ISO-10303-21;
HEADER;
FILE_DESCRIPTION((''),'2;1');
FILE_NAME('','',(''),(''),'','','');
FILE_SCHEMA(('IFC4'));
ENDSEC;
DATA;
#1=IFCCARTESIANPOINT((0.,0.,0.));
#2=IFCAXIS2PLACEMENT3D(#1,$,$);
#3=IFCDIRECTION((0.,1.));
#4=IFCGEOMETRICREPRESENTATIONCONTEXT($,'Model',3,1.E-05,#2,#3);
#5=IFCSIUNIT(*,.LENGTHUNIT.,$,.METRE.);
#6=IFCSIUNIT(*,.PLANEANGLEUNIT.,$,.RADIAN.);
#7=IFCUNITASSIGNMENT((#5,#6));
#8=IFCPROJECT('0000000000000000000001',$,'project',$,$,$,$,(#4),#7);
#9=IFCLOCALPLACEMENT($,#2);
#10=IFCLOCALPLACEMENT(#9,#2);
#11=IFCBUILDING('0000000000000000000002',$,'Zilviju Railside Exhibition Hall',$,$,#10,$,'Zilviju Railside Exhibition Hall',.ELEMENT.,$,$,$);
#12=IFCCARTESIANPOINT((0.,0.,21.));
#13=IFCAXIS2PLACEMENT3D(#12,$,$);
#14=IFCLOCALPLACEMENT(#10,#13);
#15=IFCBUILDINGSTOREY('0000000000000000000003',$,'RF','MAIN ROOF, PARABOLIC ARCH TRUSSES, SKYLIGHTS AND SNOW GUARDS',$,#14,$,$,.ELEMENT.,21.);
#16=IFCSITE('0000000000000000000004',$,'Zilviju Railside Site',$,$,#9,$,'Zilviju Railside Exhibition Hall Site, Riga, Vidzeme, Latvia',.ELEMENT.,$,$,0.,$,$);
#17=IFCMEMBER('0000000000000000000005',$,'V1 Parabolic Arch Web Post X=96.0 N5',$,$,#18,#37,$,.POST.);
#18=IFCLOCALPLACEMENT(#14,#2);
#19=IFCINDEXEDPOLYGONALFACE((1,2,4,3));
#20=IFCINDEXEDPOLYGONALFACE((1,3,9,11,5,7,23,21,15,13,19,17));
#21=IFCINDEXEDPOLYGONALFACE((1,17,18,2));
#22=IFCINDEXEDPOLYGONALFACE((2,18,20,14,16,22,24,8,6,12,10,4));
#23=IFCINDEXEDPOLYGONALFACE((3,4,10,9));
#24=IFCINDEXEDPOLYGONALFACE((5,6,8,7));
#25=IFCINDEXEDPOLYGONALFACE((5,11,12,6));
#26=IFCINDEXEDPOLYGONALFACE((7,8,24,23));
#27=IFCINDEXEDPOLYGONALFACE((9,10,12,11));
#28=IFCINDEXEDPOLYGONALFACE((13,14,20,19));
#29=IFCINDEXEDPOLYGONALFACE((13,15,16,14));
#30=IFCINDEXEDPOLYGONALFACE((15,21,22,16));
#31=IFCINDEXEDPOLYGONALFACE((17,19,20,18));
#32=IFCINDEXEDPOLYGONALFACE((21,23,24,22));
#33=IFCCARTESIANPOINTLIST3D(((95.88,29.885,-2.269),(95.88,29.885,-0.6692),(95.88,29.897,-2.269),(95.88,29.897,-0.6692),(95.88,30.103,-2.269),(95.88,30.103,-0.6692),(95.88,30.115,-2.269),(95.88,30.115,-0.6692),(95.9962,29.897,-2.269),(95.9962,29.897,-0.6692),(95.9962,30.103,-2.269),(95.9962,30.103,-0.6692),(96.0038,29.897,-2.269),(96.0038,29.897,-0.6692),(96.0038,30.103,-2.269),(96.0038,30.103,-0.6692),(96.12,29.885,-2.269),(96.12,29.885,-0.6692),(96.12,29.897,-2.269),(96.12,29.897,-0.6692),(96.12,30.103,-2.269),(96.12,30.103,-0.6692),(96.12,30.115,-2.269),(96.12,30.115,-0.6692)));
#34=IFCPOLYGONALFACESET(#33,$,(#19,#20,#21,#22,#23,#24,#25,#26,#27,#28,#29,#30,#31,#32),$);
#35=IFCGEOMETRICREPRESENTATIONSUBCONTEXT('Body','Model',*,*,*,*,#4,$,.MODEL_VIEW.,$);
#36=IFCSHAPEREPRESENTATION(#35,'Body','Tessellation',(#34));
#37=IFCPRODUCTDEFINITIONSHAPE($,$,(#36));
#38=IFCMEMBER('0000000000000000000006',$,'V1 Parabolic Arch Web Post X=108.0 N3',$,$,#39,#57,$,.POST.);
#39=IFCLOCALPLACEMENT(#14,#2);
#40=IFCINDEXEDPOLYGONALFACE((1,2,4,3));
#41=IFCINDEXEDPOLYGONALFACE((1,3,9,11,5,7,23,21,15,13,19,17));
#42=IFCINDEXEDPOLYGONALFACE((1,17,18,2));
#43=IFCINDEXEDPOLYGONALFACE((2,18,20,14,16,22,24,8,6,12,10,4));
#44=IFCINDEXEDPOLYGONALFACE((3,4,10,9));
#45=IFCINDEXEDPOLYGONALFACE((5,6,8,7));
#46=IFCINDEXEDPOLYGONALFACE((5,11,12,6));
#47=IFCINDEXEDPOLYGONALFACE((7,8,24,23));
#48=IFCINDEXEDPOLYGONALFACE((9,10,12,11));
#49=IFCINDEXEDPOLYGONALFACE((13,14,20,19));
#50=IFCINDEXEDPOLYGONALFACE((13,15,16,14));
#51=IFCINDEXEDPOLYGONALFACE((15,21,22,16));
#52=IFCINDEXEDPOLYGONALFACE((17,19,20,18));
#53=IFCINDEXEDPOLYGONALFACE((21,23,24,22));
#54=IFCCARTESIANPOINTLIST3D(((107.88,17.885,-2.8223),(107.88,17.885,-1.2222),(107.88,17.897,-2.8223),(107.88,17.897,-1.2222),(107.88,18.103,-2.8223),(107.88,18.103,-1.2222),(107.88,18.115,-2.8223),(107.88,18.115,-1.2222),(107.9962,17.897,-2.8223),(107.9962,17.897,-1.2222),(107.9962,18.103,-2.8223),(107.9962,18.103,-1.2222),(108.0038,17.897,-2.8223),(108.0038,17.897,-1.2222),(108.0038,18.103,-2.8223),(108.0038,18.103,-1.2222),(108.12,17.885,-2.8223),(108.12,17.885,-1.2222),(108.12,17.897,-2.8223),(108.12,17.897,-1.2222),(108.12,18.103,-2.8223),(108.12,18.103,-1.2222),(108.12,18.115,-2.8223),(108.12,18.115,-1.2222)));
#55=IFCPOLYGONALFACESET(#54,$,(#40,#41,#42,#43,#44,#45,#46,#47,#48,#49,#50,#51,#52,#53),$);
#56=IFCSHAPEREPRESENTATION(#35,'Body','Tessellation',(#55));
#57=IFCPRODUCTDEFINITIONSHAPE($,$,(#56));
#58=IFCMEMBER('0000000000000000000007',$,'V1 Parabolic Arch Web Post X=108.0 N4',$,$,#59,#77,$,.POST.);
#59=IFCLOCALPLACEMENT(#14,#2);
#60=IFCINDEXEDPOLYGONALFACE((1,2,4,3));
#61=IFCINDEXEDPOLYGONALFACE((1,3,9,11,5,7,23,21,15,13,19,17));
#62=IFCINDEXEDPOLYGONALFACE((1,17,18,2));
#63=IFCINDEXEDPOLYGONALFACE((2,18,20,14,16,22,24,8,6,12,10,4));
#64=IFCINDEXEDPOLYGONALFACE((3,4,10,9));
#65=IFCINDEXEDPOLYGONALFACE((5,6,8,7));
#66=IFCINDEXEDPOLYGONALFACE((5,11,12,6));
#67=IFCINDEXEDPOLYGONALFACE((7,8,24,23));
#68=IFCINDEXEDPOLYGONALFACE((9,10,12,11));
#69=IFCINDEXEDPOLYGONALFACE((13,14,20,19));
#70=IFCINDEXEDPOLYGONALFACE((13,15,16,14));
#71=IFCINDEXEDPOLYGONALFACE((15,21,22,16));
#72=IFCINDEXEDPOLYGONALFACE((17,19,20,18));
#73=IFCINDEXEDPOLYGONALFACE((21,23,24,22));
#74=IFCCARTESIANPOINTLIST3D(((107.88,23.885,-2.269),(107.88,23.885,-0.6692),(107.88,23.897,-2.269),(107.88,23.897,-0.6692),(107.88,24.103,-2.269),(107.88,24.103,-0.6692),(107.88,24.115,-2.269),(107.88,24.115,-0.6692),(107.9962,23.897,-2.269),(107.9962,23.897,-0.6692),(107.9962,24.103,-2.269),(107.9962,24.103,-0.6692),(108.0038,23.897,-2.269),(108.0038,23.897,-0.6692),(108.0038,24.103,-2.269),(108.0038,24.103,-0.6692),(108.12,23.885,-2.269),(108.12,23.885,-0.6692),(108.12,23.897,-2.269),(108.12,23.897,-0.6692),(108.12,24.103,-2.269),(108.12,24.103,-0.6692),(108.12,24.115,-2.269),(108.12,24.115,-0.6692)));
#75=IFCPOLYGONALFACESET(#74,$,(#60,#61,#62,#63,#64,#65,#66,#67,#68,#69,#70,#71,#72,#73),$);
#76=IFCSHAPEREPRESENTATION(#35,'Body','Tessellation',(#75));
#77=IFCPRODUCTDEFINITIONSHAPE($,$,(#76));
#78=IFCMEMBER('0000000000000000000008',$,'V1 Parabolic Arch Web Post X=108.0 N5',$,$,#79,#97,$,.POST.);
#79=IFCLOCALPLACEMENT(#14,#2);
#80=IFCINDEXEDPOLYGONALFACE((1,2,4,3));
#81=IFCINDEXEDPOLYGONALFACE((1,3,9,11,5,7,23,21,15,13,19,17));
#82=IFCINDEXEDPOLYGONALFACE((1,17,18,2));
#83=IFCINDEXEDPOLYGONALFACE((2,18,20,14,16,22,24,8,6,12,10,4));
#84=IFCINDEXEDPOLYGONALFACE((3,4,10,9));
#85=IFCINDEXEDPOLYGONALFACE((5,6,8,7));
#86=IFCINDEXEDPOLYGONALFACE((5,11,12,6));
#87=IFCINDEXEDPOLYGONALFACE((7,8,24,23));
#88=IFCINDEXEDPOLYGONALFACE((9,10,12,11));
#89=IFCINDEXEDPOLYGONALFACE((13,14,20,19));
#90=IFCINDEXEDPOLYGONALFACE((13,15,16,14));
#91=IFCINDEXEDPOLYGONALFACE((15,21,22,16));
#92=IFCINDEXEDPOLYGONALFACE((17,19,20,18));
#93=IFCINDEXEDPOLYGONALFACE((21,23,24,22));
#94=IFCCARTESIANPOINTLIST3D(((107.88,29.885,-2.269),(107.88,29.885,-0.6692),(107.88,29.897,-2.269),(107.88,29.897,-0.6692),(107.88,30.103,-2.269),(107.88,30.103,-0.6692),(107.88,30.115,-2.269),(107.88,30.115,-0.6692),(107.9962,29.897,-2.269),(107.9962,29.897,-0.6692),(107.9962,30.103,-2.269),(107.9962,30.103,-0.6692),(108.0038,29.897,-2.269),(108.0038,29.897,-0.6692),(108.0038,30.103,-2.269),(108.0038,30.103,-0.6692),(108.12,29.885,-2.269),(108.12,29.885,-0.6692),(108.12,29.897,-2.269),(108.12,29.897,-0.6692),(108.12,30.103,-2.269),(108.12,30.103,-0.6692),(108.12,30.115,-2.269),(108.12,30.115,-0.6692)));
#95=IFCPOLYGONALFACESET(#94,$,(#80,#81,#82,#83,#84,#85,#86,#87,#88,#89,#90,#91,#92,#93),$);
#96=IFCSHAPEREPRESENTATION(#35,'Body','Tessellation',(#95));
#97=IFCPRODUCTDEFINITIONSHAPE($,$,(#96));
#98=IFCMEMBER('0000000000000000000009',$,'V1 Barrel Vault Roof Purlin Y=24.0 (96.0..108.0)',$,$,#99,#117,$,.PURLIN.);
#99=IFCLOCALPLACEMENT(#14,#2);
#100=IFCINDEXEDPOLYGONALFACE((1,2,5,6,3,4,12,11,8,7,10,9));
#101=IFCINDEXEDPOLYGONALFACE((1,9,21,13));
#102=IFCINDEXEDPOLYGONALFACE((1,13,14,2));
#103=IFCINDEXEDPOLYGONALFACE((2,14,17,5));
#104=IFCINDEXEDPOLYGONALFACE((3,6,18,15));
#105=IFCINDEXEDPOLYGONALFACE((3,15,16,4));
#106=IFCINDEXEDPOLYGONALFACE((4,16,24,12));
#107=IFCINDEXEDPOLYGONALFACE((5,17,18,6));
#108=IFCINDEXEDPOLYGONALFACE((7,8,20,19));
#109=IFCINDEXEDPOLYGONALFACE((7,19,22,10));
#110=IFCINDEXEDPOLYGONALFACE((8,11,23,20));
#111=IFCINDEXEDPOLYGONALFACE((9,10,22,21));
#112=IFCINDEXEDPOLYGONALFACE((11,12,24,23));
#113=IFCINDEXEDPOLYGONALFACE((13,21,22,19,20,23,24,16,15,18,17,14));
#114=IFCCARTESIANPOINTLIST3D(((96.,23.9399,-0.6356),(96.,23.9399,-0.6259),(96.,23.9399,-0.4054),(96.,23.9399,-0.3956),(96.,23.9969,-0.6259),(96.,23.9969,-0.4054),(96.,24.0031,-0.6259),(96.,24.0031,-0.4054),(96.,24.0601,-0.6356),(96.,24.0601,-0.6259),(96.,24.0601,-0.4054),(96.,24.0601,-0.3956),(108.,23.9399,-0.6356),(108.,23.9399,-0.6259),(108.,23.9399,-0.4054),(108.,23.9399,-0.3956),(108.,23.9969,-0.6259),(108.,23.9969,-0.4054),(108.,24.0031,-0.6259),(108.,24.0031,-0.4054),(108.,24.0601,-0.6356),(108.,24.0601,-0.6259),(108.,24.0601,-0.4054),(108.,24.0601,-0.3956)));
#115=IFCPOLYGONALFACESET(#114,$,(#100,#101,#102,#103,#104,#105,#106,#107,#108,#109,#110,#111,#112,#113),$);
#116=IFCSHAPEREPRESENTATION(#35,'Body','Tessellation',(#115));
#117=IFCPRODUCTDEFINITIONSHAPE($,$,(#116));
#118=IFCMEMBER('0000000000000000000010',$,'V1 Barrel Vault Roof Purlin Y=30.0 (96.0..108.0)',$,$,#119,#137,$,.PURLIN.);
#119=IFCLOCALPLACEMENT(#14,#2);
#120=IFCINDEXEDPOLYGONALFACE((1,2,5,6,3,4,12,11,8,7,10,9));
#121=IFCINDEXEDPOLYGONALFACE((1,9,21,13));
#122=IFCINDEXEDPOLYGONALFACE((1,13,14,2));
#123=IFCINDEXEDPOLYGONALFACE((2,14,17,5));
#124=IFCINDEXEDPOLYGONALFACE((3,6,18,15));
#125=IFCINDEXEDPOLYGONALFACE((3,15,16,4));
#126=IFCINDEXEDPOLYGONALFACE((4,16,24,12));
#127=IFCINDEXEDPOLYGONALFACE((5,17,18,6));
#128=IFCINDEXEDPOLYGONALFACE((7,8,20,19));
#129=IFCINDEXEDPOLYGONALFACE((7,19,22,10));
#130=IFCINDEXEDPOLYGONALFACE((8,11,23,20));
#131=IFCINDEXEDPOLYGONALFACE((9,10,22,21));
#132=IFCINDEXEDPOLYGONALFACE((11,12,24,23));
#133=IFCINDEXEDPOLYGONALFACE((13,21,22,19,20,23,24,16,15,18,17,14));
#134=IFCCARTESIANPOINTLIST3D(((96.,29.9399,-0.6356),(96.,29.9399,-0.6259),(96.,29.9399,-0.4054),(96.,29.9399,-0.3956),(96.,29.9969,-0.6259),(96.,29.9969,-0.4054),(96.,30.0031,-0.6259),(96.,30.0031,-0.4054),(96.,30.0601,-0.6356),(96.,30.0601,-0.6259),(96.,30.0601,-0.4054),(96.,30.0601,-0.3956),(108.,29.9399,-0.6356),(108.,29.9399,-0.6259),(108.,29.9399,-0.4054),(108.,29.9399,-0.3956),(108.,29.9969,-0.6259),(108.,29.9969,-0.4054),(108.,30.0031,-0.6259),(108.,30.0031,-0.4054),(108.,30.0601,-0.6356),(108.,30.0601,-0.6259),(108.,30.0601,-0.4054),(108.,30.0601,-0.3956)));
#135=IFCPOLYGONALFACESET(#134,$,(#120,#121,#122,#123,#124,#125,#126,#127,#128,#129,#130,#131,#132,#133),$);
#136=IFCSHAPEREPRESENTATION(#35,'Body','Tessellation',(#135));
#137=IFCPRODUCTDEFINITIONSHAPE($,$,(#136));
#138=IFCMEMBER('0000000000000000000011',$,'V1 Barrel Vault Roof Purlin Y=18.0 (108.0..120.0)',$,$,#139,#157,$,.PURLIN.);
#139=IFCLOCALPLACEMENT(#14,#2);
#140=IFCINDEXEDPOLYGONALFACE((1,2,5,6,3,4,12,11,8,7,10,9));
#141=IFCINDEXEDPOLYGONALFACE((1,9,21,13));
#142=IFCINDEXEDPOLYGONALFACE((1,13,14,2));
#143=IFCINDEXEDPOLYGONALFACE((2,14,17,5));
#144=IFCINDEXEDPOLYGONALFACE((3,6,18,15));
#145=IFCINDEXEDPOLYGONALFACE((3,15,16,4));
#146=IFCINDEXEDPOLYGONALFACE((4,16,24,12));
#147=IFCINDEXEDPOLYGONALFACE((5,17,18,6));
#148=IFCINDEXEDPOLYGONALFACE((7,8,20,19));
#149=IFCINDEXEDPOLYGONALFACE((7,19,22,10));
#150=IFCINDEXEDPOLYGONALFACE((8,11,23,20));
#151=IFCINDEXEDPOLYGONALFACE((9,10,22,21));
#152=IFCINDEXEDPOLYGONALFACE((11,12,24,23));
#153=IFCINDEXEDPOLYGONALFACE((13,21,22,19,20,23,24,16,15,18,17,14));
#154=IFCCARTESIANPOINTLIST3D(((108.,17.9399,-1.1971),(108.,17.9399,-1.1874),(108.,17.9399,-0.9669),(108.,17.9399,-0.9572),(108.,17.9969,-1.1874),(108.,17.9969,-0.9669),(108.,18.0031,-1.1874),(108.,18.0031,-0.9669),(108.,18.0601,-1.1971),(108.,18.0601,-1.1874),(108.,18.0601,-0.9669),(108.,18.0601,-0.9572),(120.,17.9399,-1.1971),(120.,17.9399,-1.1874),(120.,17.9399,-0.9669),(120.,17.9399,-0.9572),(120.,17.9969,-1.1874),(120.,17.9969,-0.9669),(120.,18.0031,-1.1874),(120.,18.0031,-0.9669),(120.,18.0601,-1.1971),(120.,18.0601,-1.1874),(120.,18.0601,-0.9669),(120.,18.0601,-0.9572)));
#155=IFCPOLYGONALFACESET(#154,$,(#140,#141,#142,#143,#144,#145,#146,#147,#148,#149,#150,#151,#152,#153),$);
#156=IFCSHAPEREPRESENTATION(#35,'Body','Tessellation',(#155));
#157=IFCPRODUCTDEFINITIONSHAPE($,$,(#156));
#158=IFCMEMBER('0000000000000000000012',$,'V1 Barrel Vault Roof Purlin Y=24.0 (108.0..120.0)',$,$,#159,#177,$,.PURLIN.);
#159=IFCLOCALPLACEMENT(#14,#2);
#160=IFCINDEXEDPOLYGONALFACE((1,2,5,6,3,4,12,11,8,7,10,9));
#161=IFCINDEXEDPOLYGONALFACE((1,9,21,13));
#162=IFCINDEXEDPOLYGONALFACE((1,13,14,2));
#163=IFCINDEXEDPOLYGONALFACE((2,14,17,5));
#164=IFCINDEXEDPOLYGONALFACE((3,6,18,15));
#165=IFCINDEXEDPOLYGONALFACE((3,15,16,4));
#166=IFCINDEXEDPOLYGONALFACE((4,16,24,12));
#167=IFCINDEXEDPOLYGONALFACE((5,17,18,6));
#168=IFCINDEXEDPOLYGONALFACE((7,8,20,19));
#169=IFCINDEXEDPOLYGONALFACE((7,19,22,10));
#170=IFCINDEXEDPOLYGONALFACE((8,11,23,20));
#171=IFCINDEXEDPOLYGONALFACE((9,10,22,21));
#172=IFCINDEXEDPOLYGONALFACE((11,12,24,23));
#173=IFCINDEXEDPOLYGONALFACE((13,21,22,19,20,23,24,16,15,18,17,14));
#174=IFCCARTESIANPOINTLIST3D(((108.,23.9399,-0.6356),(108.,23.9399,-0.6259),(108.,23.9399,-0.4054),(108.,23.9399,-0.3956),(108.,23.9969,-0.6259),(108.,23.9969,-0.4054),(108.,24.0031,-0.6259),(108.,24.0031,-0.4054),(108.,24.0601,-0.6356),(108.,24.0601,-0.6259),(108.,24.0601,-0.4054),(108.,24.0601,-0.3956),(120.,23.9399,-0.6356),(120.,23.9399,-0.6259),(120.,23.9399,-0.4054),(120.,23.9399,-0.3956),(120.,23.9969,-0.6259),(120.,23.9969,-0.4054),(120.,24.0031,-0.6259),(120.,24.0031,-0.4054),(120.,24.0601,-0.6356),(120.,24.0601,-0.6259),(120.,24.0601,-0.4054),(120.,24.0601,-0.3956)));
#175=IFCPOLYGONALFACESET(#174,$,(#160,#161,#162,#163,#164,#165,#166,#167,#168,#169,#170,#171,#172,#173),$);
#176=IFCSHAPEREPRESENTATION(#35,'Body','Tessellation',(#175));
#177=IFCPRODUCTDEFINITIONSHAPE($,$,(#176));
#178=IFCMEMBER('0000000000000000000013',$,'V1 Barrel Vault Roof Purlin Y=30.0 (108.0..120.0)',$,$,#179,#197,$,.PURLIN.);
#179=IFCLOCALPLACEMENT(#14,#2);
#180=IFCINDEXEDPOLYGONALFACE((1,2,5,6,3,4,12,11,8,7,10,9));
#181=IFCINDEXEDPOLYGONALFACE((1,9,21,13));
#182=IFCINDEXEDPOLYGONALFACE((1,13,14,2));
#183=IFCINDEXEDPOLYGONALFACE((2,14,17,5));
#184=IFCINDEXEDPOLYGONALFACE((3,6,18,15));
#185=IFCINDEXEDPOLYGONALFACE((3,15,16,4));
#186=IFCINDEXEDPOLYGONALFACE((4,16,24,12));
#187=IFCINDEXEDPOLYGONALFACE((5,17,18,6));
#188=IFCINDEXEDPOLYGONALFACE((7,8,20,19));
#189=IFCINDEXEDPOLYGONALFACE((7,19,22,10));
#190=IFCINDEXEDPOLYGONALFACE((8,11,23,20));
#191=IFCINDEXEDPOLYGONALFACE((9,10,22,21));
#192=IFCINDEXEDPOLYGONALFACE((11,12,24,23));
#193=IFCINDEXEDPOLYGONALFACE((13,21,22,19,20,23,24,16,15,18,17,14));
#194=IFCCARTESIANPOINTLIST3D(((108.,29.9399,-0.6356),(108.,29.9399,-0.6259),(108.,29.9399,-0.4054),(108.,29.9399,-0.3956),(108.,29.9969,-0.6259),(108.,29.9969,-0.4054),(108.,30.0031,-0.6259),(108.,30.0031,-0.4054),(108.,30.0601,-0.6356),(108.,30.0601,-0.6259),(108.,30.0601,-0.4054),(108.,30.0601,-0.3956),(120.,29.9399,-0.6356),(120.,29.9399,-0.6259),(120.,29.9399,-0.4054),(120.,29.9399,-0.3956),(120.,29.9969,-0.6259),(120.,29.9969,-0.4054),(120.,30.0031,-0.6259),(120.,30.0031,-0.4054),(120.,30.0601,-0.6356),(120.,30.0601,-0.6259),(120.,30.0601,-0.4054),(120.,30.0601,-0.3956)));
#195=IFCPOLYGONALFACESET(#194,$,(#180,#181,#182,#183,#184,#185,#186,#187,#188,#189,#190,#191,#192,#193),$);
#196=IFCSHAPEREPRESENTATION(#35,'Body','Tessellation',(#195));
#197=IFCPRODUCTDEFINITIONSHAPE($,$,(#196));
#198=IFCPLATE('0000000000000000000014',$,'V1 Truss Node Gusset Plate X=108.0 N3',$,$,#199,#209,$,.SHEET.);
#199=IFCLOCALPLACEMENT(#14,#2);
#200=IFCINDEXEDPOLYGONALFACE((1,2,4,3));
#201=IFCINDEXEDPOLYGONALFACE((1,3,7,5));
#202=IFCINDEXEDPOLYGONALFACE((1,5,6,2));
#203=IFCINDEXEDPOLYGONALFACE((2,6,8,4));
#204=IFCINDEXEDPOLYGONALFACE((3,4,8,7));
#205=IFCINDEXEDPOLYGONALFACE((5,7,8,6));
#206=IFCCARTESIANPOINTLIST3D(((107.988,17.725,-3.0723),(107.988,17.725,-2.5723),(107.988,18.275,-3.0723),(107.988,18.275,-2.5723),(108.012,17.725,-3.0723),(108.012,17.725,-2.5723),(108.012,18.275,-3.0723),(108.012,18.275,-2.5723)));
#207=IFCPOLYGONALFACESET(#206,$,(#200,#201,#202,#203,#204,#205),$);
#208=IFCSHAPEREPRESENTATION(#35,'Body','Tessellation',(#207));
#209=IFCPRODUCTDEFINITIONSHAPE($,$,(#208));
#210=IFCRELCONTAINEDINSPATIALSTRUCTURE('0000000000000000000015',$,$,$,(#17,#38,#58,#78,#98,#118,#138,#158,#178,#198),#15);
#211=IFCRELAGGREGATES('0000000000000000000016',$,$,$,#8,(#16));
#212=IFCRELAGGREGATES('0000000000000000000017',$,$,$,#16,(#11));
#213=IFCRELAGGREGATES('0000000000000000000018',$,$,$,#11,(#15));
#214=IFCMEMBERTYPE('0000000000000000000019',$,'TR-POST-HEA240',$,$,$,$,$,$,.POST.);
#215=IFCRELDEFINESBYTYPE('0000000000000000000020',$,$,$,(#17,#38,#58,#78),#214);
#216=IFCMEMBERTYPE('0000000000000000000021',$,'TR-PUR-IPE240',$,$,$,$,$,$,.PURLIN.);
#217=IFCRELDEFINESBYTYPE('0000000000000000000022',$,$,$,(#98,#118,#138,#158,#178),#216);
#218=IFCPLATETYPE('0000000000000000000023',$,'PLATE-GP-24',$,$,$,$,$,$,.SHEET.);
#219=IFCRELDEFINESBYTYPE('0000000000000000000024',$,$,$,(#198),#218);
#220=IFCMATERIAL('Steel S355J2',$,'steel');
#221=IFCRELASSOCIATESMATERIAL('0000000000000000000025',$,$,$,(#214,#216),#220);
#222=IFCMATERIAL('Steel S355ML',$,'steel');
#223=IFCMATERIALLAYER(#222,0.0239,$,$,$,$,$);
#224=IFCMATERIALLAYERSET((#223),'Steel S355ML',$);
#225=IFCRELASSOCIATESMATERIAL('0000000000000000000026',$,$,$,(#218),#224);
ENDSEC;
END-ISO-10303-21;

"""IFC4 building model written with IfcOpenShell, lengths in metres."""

from ifc_helpers import new_model, si_unit, direction, frame, origin, origin_2d, place, context, subcontext, project, spatial, rectangle, i_section, extrude, material, layer, layer_set, material_profile, profile_set, type_object, element, save


model = new_model("IFC4")

# Units and contexts
model_context = context("Model", 3, precision=1e-05, world=origin(), true_north=direction((0.0, 1.0)))
body_context = subcontext(model_context, "Body", "Model", "MODEL_VIEW")
ifc_project = project(units=[si_unit("LENGTHUNIT", "METRE"), si_unit("PLANEANGLEUNIT", "RADIAN")], contexts=[model_context])

# Site, building, storey
site_placement = place(None, origin())
site = spatial("IfcSite", under=ifc_project, at=site_placement, Name="Zilviju Railside Site", LongName="Zilviju Railside Exhibition Hall Site, Riga, Vidzeme, Latvia", CompositionType="ELEMENT", RefElevation=0.0)
building_placement = place(site_placement, origin())
building = spatial("IfcBuilding", under=site, at=building_placement, Name="Zilviju Railside Exhibition Hall", LongName="Zilviju Railside Exhibition Hall", CompositionType="ELEMENT")
storey_placement = place(building_placement, frame((0.0, 0.0, 21.0)))
storey = spatial("IfcBuildingStorey", under=building, at=storey_placement, Name="RF", Description="MAIN ROOF, PARABOLIC ARCH TRUSSES, SKYLIGHTS AND SNOW GUARDS", CompositionType="ELEMENT", Elevation=21.0)

# Members
ifc_material_1 = material(Name="Steel S355J2", Category="steel")
ifc_material_profile_1 = material_profile(ifc_material_1, i_section(OverallWidth=0.24, OverallDepth=0.23, WebThickness=0.0076, FlangeThickness=0.012, at=origin_2d()), Name="HEA 240")
ifc_profile_set_1 = profile_set([ifc_material_profile_1], Name="Steel S355J2")
member_type_1 = type_object("IfcMemberType", Name="TR-POST-HEA240", PredefinedType="POST", material=ifc_profile_set_1)
for number, where, z_axis, x_axis, name in (
    (1, (96.0, 30.0, -2.269), (0.0, 0.0, 1.0), (1.0, 0.0, 0.0), "V1 Parabolic Arch Web Post X=96.0 N5"),
):
    element("IfcMember", number, at=place(storey_placement, frame(where, z_axis=z_axis, x_axis=x_axis)), inside=storey, type_object=member_type_1, Name=name, PredefinedType="POST", context=body_context, shape_type="SweptSolid", body=[
        extrude(i_section(OverallWidth=0.24, OverallDepth=0.23, WebThickness=0.0076, FlangeThickness=0.012, at=origin_2d()), origin(), (0.0, 0.0, 1.0), 1.5999),
    ])
member_1_placement = place(storey_placement, frame((108.0, 18.0, -2.8223), z_axis=(0.0, 0.0, 1.0), x_axis=(1.0, 0.0, 0.0)))
element("IfcMember", 2, at=member_1_placement, inside=storey, type_object=member_type_1, Name="V1 Parabolic Arch Web Post X=108.0 N3", PredefinedType="POST", context=body_context, shape_type="SweptSolid", body=[
    extrude(i_section(OverallWidth=0.24, OverallDepth=0.23, WebThickness=0.0076, FlangeThickness=0.012, at=origin_2d()), origin(), (0.0, 0.0, 1.0), 1.6001),
])
for number, where, z_axis, x_axis, name in (
    (3, (108.0, 24.0, -2.269), (0.0, 0.0, 1.0), (1.0, 0.0, 0.0), "V1 Parabolic Arch Web Post X=108.0 N4"),
    (4, (108.0, 30.0, -2.269), (0.0, 0.0, 1.0), (1.0, 0.0, 0.0), "V1 Parabolic Arch Web Post X=108.0 N5"),
):
    element("IfcMember", number, at=place(storey_placement, frame(where, z_axis=z_axis, x_axis=x_axis)), inside=storey, type_object=member_type_1, Name=name, PredefinedType="POST", context=body_context, shape_type="SweptSolid", body=[
        extrude(i_section(OverallWidth=0.24, OverallDepth=0.23, WebThickness=0.0076, FlangeThickness=0.012, at=origin_2d()), origin(), (0.0, 0.0, 1.0), 1.5999),
    ])
ifc_material_profile_2 = material_profile(ifc_material_1, i_section(OverallWidth=0.1201, OverallDepth=0.24, WebThickness=0.0061, FlangeThickness=0.0098, at=origin_2d()), Name="IPE 240")
ifc_profile_set_2 = profile_set([ifc_material_profile_2], Name="Steel S355J2")
member_type_2 = type_object("IfcMemberType", Name="TR-PUR-IPE240", PredefinedType="PURLIN", material=ifc_profile_set_2)
for number, where, z_axis, x_axis, name in (
    (5, (96.0, 24.0, -0.5156), (1.0, 0.0, 0.0), (0.0, 1.0, 0.0), "V1 Barrel Vault Roof Purlin Y=24.0 (96.0..108.0)"),
    (6, (96.0, 30.0, -0.5156), (1.0, 0.0, 0.0), (0.0, 1.0, 0.0), "V1 Barrel Vault Roof Purlin Y=30.0 (96.0..108.0)"),
    (7, (108.0, 18.0, -1.0771), (1.0, 0.0, 0.0), (0.0, 1.0, 0.0), "V1 Barrel Vault Roof Purlin Y=18.0 (108.0..120.0)"),
    (8, (108.0, 24.0, -0.5156), (1.0, 0.0, 0.0), (0.0, 1.0, 0.0), "V1 Barrel Vault Roof Purlin Y=24.0 (108.0..120.0)"),
    (9, (108.0, 30.0, -0.5156), (1.0, 0.0, 0.0), (0.0, 1.0, 0.0), "V1 Barrel Vault Roof Purlin Y=30.0 (108.0..120.0)"),
):
    element("IfcMember", number, at=place(storey_placement, frame(where, z_axis=z_axis, x_axis=x_axis)), inside=storey, type_object=member_type_2, Name=name, PredefinedType="PURLIN", context=body_context, shape_type="SweptSolid", body=[
        extrude(i_section(OverallWidth=0.1201, OverallDepth=0.24, WebThickness=0.0061, FlangeThickness=0.0098, at=origin_2d()), origin(), (0.0, 0.0, 1.0), 12.0),
    ])

# Plate
ifc_material_2 = material(Name="Steel S355ML", Category="steel")
ifc_layer = layer(ifc_material_2, 0.0239)
ifc_layer_set = layer_set([ifc_layer], Name="Steel S355ML")
plate_type = type_object("IfcPlateType", Name="PLATE-GP-24", PredefinedType="SHEET", material=ifc_layer_set)
plate_placement = place(storey_placement, frame((108.0, 18.0, -3.0723), z_axis=(0.0, 0.0, 1.0), x_axis=(1.0, 0.0, 0.0)))
element("IfcPlate", 10, at=plate_placement, inside=storey, type_object=plate_type, Name="V1 Truss Node Gusset Plate X=108.0 N3", PredefinedType="SHEET", context=body_context, shape_type="SweptSolid", body=[
    extrude(rectangle(XDim=0.0239, YDim=0.55, at=origin_2d()), origin(), (0.0, 0.0, 1.0), 0.5),
])

save(model, "model.ifc")
